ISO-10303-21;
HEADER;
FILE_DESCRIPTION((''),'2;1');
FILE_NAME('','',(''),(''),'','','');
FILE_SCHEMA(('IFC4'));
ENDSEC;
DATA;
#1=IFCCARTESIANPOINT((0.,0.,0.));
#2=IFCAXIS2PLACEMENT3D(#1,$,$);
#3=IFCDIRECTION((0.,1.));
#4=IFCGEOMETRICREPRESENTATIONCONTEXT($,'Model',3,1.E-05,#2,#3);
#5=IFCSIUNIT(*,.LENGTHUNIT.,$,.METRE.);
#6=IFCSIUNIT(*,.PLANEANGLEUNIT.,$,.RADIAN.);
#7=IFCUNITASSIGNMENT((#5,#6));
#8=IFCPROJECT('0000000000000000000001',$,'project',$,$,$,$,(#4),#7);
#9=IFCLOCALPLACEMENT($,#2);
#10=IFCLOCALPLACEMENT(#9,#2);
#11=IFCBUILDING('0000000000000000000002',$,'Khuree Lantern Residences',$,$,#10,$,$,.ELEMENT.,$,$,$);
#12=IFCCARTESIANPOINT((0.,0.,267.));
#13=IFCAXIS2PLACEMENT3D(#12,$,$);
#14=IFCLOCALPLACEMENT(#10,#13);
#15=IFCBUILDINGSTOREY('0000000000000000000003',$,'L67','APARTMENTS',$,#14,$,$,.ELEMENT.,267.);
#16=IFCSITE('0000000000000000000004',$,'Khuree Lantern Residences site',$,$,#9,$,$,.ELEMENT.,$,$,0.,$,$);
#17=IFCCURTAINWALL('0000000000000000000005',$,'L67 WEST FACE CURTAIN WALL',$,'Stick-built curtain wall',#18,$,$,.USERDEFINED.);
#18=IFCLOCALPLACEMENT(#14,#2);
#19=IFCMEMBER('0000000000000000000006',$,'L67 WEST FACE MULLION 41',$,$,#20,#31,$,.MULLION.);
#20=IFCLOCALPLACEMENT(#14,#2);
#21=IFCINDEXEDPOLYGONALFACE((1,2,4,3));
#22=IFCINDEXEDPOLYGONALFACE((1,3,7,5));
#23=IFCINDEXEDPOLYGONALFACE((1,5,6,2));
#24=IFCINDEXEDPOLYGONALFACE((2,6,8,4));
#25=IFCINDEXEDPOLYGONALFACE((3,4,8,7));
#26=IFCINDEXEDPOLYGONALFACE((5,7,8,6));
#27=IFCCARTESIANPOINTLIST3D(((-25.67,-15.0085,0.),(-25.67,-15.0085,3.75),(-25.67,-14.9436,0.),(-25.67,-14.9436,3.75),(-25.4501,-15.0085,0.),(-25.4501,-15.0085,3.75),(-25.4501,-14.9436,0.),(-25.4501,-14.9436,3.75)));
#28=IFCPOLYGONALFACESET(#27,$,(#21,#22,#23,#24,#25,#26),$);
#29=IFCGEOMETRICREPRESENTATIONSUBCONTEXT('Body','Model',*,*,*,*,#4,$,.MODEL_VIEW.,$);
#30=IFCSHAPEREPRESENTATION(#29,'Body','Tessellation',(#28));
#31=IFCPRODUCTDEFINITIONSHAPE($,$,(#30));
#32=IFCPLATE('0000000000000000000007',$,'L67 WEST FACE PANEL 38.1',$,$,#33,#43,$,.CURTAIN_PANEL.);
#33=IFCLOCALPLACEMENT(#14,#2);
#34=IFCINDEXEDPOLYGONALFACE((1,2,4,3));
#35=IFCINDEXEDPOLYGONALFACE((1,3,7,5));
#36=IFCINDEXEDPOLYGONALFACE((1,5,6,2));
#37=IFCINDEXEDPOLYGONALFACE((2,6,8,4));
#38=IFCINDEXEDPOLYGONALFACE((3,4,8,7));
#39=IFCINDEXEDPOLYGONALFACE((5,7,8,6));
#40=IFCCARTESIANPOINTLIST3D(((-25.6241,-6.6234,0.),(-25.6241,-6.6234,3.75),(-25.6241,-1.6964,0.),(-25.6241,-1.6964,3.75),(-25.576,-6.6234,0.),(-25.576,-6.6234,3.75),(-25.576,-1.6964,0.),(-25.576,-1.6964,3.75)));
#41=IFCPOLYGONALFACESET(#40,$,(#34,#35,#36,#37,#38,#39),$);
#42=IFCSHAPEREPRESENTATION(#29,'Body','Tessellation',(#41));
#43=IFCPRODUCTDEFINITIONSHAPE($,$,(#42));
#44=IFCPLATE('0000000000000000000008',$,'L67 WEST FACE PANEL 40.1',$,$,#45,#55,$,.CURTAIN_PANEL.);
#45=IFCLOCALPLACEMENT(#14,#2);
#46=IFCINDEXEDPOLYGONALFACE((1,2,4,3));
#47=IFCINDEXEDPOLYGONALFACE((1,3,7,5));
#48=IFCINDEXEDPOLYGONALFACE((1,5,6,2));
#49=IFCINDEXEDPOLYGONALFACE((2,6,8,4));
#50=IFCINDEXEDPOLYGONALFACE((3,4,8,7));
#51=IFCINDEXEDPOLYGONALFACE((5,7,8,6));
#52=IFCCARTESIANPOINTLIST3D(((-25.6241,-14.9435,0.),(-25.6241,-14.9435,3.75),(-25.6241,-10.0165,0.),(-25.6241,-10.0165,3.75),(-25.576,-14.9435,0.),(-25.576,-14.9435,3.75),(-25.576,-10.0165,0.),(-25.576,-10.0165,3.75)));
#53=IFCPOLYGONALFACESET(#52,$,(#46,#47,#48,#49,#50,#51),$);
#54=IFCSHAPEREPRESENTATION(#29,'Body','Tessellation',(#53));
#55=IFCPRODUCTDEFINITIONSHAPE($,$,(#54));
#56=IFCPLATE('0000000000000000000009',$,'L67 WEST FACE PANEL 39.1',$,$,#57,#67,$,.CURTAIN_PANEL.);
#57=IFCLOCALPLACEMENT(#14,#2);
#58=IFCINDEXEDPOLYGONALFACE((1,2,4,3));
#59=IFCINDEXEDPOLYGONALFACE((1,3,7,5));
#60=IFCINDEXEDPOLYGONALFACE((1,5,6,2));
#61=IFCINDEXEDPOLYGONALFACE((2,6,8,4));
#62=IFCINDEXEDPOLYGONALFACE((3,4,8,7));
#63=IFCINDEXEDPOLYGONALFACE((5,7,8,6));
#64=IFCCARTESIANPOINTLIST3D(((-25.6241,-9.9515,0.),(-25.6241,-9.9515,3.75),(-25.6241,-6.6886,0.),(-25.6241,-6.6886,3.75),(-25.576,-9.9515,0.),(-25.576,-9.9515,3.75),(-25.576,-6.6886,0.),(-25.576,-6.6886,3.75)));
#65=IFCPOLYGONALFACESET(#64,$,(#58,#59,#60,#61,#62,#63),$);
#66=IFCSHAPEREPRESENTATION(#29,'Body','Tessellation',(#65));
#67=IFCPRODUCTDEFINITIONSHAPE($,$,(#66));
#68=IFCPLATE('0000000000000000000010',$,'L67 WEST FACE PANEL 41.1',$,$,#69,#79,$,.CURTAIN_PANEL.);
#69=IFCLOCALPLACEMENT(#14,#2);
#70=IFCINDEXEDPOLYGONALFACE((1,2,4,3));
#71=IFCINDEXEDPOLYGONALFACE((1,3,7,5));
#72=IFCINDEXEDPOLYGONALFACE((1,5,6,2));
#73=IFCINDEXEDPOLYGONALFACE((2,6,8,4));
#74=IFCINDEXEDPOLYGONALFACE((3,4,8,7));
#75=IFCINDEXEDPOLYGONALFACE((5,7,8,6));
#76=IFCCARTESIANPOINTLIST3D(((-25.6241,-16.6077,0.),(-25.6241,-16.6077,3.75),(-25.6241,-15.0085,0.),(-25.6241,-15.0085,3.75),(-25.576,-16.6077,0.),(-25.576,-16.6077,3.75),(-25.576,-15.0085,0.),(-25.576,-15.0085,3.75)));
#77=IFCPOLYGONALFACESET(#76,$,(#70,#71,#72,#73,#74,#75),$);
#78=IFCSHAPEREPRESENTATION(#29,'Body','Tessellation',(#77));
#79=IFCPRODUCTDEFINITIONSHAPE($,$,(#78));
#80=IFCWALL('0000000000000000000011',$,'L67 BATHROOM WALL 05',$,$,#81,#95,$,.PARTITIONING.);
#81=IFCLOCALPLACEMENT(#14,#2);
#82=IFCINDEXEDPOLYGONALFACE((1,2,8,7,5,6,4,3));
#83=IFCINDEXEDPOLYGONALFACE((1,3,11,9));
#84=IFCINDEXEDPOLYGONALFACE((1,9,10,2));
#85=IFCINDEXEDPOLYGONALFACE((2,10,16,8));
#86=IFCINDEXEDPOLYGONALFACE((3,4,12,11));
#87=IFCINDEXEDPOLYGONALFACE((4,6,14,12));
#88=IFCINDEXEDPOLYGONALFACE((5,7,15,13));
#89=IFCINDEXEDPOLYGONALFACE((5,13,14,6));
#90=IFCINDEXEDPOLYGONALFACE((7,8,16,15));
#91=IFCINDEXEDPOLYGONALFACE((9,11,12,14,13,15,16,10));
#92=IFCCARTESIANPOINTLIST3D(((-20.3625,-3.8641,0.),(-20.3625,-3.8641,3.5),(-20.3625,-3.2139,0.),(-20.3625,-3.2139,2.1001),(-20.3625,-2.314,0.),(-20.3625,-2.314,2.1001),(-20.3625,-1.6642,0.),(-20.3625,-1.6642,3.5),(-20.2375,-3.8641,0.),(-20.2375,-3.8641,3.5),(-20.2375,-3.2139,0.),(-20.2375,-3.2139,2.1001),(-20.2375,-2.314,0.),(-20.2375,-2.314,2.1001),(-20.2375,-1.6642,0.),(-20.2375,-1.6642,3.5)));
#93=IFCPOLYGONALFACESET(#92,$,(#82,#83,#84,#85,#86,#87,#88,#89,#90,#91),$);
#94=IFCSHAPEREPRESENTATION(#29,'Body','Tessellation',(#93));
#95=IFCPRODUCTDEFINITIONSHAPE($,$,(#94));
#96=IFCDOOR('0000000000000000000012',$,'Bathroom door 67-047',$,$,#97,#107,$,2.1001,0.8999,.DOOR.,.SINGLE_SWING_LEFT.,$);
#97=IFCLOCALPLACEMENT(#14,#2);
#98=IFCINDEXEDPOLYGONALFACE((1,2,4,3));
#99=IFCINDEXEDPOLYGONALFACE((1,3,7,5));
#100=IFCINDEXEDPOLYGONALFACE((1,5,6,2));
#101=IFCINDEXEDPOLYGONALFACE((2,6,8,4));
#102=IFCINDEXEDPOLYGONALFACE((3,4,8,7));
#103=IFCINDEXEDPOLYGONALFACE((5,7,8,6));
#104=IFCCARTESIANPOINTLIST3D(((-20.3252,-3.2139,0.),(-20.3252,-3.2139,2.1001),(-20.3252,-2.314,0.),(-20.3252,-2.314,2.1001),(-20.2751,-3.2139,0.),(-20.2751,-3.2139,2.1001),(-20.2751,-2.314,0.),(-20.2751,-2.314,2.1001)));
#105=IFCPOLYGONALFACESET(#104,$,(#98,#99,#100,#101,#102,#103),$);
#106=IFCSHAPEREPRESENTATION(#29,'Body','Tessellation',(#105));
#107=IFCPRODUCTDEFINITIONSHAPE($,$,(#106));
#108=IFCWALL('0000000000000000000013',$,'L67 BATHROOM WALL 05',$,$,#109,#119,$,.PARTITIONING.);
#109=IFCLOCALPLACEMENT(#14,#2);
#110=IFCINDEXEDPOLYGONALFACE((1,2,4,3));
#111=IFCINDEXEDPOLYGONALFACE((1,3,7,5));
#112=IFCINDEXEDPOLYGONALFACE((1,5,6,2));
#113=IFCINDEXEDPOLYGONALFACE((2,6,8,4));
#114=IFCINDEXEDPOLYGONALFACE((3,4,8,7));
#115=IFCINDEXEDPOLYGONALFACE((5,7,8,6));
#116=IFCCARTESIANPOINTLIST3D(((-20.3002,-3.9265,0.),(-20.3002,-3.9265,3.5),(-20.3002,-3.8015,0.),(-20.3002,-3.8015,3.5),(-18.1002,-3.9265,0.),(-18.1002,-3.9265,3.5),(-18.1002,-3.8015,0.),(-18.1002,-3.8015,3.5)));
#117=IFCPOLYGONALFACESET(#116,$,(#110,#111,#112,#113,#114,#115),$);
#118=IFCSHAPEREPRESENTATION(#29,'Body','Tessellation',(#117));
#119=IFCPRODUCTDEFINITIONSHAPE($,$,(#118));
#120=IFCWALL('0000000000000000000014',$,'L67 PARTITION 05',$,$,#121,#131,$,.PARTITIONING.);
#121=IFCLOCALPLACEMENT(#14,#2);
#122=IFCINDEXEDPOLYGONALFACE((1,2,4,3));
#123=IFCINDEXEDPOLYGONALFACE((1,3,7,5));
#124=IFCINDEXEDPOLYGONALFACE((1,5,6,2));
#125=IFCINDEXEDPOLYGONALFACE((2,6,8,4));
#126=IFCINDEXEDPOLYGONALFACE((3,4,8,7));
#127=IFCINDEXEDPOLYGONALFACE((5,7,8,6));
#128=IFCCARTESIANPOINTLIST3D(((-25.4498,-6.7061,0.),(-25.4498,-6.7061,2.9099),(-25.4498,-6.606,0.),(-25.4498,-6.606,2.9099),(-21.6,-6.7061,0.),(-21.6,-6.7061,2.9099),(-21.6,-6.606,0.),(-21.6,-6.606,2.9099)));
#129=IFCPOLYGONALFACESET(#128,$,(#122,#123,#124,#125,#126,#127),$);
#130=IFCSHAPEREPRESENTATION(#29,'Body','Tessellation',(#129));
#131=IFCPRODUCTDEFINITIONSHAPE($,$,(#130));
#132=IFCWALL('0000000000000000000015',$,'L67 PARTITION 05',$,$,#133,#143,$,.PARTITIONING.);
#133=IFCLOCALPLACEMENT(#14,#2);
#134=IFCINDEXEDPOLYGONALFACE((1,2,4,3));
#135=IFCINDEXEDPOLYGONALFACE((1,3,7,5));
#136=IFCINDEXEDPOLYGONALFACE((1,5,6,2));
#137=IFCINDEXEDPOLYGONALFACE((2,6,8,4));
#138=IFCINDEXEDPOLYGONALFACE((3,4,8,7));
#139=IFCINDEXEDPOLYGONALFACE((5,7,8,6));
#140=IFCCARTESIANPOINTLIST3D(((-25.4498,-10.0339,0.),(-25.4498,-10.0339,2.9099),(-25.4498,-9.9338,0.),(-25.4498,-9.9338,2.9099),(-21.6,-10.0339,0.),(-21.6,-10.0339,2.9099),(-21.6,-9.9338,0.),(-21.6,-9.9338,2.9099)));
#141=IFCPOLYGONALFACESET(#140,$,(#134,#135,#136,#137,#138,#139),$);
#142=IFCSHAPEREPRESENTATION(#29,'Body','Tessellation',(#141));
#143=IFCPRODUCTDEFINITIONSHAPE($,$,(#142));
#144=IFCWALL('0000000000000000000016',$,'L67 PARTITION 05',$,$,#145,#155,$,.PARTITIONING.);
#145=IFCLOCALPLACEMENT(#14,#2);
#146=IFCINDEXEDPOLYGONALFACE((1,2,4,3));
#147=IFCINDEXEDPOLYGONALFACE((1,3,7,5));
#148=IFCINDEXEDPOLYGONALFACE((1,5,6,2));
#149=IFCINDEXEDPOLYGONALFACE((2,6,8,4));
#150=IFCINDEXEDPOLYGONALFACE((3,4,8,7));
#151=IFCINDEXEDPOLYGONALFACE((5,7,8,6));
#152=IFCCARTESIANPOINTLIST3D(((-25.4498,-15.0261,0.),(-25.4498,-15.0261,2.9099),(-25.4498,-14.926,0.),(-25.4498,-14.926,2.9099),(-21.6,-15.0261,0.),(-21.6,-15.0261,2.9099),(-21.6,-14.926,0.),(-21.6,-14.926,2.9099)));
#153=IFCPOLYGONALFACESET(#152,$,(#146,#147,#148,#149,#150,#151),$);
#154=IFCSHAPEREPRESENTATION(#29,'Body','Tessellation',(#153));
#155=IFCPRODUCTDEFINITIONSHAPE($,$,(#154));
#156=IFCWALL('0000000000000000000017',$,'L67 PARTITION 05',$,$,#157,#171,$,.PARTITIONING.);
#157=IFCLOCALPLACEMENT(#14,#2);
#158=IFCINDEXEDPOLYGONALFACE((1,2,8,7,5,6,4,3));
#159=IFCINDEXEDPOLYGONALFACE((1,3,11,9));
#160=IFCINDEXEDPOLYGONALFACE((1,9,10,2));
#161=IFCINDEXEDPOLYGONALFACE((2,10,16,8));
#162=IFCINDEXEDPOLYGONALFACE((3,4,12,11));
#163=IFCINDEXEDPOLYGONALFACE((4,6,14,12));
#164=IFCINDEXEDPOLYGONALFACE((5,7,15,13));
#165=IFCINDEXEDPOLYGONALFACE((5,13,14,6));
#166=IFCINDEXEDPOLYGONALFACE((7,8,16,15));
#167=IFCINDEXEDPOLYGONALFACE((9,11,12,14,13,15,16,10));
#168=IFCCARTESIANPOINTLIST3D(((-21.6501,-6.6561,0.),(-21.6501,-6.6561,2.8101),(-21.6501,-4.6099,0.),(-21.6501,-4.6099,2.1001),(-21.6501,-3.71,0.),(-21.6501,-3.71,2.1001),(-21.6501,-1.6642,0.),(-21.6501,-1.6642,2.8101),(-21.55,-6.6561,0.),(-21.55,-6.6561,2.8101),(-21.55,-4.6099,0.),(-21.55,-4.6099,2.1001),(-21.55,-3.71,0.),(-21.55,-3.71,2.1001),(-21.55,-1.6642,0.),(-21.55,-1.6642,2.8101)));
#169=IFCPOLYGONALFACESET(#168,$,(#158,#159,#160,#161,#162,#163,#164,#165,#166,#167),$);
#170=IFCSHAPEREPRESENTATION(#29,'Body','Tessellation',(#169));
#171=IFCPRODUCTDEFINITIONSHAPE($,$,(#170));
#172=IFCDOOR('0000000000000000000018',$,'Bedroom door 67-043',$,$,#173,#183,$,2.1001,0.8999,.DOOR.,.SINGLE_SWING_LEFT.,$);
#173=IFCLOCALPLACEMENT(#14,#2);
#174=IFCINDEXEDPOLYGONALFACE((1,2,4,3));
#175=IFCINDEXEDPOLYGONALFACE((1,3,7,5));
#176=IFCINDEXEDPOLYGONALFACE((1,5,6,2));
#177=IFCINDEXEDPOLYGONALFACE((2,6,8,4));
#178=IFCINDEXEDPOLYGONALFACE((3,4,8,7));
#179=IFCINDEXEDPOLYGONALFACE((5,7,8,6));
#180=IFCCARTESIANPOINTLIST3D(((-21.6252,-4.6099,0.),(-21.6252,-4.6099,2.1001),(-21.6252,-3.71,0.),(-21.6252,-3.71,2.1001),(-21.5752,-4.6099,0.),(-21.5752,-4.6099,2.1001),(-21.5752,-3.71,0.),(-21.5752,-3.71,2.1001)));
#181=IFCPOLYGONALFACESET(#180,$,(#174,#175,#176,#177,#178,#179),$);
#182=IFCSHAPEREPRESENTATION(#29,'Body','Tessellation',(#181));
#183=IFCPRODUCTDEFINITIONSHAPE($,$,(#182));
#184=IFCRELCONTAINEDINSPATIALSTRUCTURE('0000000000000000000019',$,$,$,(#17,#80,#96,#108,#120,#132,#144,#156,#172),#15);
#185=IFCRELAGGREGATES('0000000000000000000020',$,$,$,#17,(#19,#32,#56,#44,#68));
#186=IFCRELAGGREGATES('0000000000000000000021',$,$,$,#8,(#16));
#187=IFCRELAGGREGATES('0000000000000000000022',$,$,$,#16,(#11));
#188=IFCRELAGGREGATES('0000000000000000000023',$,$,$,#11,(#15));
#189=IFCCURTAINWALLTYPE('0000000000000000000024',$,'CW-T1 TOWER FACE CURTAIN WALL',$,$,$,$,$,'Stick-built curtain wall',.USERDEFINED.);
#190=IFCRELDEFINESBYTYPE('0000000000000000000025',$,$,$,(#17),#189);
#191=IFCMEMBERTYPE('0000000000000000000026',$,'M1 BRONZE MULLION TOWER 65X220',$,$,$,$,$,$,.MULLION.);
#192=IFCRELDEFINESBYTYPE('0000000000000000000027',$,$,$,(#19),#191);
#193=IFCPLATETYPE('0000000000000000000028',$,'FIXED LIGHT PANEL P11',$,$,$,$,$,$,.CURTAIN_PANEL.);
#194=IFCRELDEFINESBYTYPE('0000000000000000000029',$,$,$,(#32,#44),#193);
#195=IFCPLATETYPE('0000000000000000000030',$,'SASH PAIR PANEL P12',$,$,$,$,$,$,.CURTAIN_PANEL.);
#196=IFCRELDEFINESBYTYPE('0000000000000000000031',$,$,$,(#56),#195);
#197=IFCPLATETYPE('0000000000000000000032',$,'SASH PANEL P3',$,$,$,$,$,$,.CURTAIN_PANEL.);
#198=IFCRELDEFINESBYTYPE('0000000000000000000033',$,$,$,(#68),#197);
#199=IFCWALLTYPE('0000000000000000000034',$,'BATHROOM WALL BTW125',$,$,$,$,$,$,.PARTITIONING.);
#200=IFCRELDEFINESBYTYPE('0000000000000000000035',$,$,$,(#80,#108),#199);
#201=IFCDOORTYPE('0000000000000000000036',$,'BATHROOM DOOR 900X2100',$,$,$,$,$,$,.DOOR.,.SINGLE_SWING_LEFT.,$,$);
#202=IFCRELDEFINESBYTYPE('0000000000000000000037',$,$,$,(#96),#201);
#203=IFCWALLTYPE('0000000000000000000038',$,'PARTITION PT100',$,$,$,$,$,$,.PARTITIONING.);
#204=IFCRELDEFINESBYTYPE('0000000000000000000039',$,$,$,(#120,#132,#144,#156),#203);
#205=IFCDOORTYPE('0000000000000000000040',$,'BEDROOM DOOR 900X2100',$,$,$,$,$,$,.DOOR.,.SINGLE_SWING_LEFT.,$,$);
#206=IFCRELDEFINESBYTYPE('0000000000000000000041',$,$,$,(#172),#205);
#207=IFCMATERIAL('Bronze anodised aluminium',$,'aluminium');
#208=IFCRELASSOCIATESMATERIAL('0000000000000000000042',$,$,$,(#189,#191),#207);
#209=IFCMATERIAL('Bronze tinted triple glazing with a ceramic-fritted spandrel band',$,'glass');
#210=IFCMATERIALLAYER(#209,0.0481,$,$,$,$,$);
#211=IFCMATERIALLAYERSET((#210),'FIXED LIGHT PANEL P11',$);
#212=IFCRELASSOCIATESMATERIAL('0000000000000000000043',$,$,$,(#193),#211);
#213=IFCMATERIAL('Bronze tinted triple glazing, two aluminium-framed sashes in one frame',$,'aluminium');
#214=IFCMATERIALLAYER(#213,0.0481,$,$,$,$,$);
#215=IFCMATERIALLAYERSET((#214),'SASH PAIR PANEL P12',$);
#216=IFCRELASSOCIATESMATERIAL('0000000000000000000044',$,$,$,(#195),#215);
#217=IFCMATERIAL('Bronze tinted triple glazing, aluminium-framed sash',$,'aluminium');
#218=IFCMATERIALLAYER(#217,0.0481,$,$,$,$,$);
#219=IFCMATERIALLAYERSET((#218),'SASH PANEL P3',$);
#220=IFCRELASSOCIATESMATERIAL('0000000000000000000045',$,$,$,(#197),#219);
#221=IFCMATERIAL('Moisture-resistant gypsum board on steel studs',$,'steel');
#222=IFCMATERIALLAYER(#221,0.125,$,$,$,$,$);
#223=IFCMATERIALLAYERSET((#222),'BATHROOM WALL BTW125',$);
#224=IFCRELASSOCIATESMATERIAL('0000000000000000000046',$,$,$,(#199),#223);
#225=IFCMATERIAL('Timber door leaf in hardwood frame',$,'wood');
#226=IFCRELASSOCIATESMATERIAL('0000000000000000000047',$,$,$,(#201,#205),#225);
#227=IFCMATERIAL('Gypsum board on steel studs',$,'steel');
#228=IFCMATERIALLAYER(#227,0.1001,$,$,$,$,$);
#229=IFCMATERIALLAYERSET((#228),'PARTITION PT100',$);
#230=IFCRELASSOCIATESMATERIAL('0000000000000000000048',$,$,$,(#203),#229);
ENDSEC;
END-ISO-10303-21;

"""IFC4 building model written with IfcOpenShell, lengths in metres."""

from ifc_helpers import new_model, si_unit, direction, frame, frame_2d, origin, origin_2d, place, context, subcontext, project, spatial, rectangle, extrude, material, layer, layer_set, material_profile, profile_set, type_object, element, fill, aggregate, save


model = new_model("IFC4")

# Units and contexts
model_context = context("Model", 3, precision=1e-05, world=origin(), true_north=direction((0.0, 1.0)))
body_context = subcontext(model_context, "Body", "Model", "MODEL_VIEW")
ifc_project = project(units=[si_unit("LENGTHUNIT", "METRE"), si_unit("PLANEANGLEUNIT", "RADIAN")], contexts=[model_context])

# Site, building, storey
site_placement = place(None, origin())
site = spatial("IfcSite", under=ifc_project, at=site_placement, Name="Khuree Lantern Residences site", CompositionType="ELEMENT", RefElevation=0.0)
building_placement = place(site_placement, origin())
building = spatial("IfcBuilding", under=site, at=building_placement, Name="Khuree Lantern Residences", CompositionType="ELEMENT")
storey_placement = place(building_placement, frame((0.0, 0.0, 267.0)))
storey = spatial("IfcBuildingStorey", under=building, at=storey_placement, Name="L67", Description="APARTMENTS", CompositionType="ELEMENT", Elevation=267.0)

# Curtain wall
ifc_material_1 = material(Name="Bronze anodised aluminium", Category="aluminium")
curtain_wall_type = type_object("IfcCurtainWallType", Name="CW-T1 TOWER FACE CURTAIN WALL", ElementType="Stick-built curtain wall", PredefinedType="USERDEFINED", material=ifc_material_1)
curtain_wall_placement = place(storey_placement, origin())
curtain_wall = element("IfcCurtainWall", 1, at=curtain_wall_placement, inside=storey, type_object=curtain_wall_type, Name="L67 WEST FACE CURTAIN WALL", ObjectType="Stick-built curtain wall", PredefinedType="USERDEFINED")

# Member
ifc_material_profile_1 = material_profile(ifc_material_1, rectangle(XDim=0.0649, YDim=0.22, at=origin_2d()), Name="M1 65X220")
ifc_profile_set_1 = profile_set([ifc_material_profile_1], Name="Bronze anodised aluminium")
member_type_1 = type_object("IfcMemberType", Name="M1 BRONZE MULLION TOWER 65X220", PredefinedType="MULLION", material=ifc_profile_set_1)
member_1_placement = place(storey_placement, frame((-25.5601, -14.9761, 0.0), z_axis=(0.0, 0.0, 1.0), x_axis=(0.0, -1.0, 0.0)))
member_1 = element("IfcMember", 2, at=member_1_placement, type_object=member_type_1, Name="L67 WEST FACE MULLION 41", PredefinedType="MULLION", context=body_context, shape_type="SweptSolid", body=[
    extrude(rectangle(XDim=0.0649, YDim=0.22, at=origin_2d()), origin(), (0.0, 0.0, 1.0), 3.75),
])

# Plates
ifc_material_2 = material(Name="Bronze tinted triple glazing with a ceramic-fritted spandrel band", Category="glass")
ifc_layer_1 = layer(ifc_material_2, 0.0481)
ifc_layer_set_1 = layer_set([ifc_layer_1], Name="FIXED LIGHT PANEL P11")
plate_type_1 = type_object("IfcPlateType", Name="FIXED LIGHT PANEL P11", PredefinedType="CURTAIN_PANEL", material=ifc_layer_set_1)
plate_1_placement = place(storey_placement, frame((-25.6001, -4.1599, 0.0), z_axis=(0.0, 0.0, 1.0), x_axis=(0.0, -1.0, 0.0)))
plate_1 = element("IfcPlate", 3, at=plate_1_placement, type_object=plate_type_1, Name="L67 WEST FACE PANEL 38.1", PredefinedType="CURTAIN_PANEL", context=body_context, shape_type="SweptSolid", body=[
    extrude(rectangle(XDim=4.927, YDim=0.0481, at=origin_2d()), origin(), (0.0, 0.0, 1.0), 3.75),
])
plate_2_placement = place(storey_placement, frame((-25.6001, -12.48, 0.0), z_axis=(0.0, 0.0, 1.0), x_axis=(0.0, -1.0, 0.0)))
plate_2 = element("IfcPlate", 4, at=plate_2_placement, type_object=plate_type_1, Name="L67 WEST FACE PANEL 40.1", PredefinedType="CURTAIN_PANEL", context=body_context, shape_type="SweptSolid", body=[
    extrude(rectangle(XDim=4.927, YDim=0.0481, at=origin_2d()), origin(), (0.0, 0.0, 1.0), 3.75),
])
ifc_material_3 = material(Name="Bronze tinted triple glazing, two aluminium-framed sashes in one frame", Category="aluminium")
ifc_layer_2 = layer(ifc_material_3, 0.0481)
ifc_layer_set_2 = layer_set([ifc_layer_2], Name="SASH PAIR PANEL P12")
plate_type_2 = type_object("IfcPlateType", Name="SASH PAIR PANEL P12", PredefinedType="CURTAIN_PANEL", material=ifc_layer_set_2)
plate_3_placement = place(storey_placement, frame((-25.6001, -8.3201, 0.0), z_axis=(0.0, 0.0, 1.0), x_axis=(0.0, -1.0, 0.0)))
plate_3 = element("IfcPlate", 5, at=plate_3_placement, type_object=plate_type_2, Name="L67 WEST FACE PANEL 39.1", PredefinedType="CURTAIN_PANEL", context=body_context, shape_type="SweptSolid", body=[
    extrude(rectangle(XDim=3.2629, YDim=0.0481, at=origin_2d()), origin(), (0.0, 0.0, 1.0), 3.75),
])
ifc_material_4 = material(Name="Bronze tinted triple glazing, aluminium-framed sash", Category="aluminium")
ifc_layer_3 = layer(ifc_material_4, 0.0481)
ifc_layer_set_3 = layer_set([ifc_layer_3], Name="SASH PANEL P3")
plate_type_3 = type_object("IfcPlateType", Name="SASH PANEL P3", PredefinedType="CURTAIN_PANEL", material=ifc_layer_set_3)
plate_4_placement = place(storey_placement, frame((-25.6001, -15.8081, 0.0), z_axis=(0.0, 0.0, 1.0), x_axis=(0.0, -1.0, 0.0)))
plate_4 = element("IfcPlate", 6, at=plate_4_placement, type_object=plate_type_3, Name="L67 WEST FACE PANEL 41.1", PredefinedType="CURTAIN_PANEL", context=body_context, shape_type="SweptSolid", body=[
    extrude(rectangle(XDim=1.5991, YDim=0.0481, at=origin_2d()), origin(), (0.0, 0.0, 1.0), 3.75),
])
aggregate(curtain_wall, [member_1, plate_1, plate_3, plate_2, plate_4])

# Wall, opening, door
ifc_material_5 = material(Name="Moisture-resistant gypsum board on steel studs", Category="steel")
ifc_layer_4 = layer(ifc_material_5, 0.125)
ifc_layer_set_4 = layer_set([ifc_layer_4], Name="BATHROOM WALL BTW125")
wall_type_1 = type_object("IfcWallType", Name="BATHROOM WALL BTW125", PredefinedType="PARTITIONING", material=ifc_layer_set_4)
wall_1_placement = place(storey_placement, frame((-20.3, -1.6641, 0.0), z_axis=(0.0, 0.0, 1.0), x_axis=(0.0, -1.0, 0.0)))
wall_1 = element("IfcWall", 7, at=wall_1_placement, inside=storey, type_object=wall_type_1, Name="L67 BATHROOM WALL 05", PredefinedType="PARTITIONING", context=body_context, shape_type="SweptSolid", body=[
    extrude(rectangle(XDim=2.2, YDim=0.125, at=frame_2d((1.1001, 0.0))), origin(), (0.0, 0.0, 1.0), 3.5),
])
opening_1_placement = place(wall_1_placement, frame((0.6499, 0.0, 0.0)))
opening_1 = element("IfcOpeningElement", 8, at=opening_1_placement, cuts=wall_1, PredefinedType="OPENING", context=body_context, shape_type="SweptSolid", body=[
    extrude(rectangle(XDim=0.8999, YDim=2.1001, at=frame_2d((0.45, 1.05))), frame((0.0, 0.0725, 0.0), z_axis=(0.0, -1.0, 0.0), x_axis=(1.0, 0.0, 0.0)), (0.0, 0.0, 1.0), 0.145),
])
ifc_material_6 = material(Name="Timber door leaf in hardwood frame", Category="wood")
door_type_1 = type_object("IfcDoorType", Name="BATHROOM DOOR 900X2100", OperationType="SINGLE_SWING_LEFT", PredefinedType="DOOR", material=ifc_material_6)
door_1_placement = place(opening_1_placement, origin())
door_1 = element("IfcDoor", 9, at=door_1_placement, inside=storey, type_object=door_type_1, Name="Bathroom door 67-047", OperationType="SINGLE_SWING_LEFT", OverallHeight=2.1001, OverallWidth=0.8999, PredefinedType="DOOR", context=body_context, shape_type="SweptSolid", body=[
    extrude(rectangle(XDim=0.8999, YDim=2.1001, at=frame_2d((0.45, 1.05))), frame((0.0, 0.0249, 0.0), z_axis=(0.0, -1.0, 0.0), x_axis=(1.0, 0.0, 0.0)), (0.0, 0.0, 1.0), 0.05),
])
fill(opening_1, door_1)

# Walls
wall_2_placement = place(storey_placement, frame((-18.1001, -3.864, 0.0), z_axis=(0.0, 0.0, 1.0), x_axis=(-1.0, 0.0, 0.0)))
element("IfcWall", 10, at=wall_2_placement, inside=storey, type_object=wall_type_1, Name="L67 BATHROOM WALL 05", PredefinedType="PARTITIONING", context=body_context, shape_type="SweptSolid", body=[
    extrude(rectangle(XDim=2.2, YDim=0.125, at=frame_2d((1.1001, 0.0))), origin(), (0.0, 0.0, 1.0), 3.5),
])
ifc_material_7 = material(Name="Gypsum board on steel studs", Category="steel")
ifc_layer_5 = layer(ifc_material_7, 0.1001)
ifc_layer_set_5 = layer_set([ifc_layer_5], Name="PARTITION PT100")
wall_type_2 = type_object("IfcWallType", Name="PARTITION PT100", PredefinedType="PARTITIONING", material=ifc_layer_set_5)
for number, where, z_axis, x_axis, name in (
    (11, (-21.6001, -6.656, 0.0), (0.0, 0.0, 1.0), (-1.0, 0.0, 0.0), "L67 PARTITION 05"),
    (12, (-21.6001, -9.9839, 0.0), (0.0, 0.0, 1.0), (-1.0, 0.0, 0.0), "L67 PARTITION 05"),
    (13, (-21.6001, -14.9761, 0.0), (0.0, 0.0, 1.0), (-1.0, 0.0, 0.0), "L67 PARTITION 05"),
):
    element("IfcWall", number, at=place(storey_placement, frame(where, z_axis=z_axis, x_axis=x_axis)), inside=storey, type_object=wall_type_2, Name=name, PredefinedType="PARTITIONING", context=body_context, shape_type="SweptSolid", body=[
        extrude(rectangle(XDim=3.8499, YDim=0.1001, at=frame_2d((1.9248, 0.0))), origin(), (0.0, 0.0, 1.0), 2.9099),
    ])

# Wall, opening, door
wall_3_placement = place(storey_placement, frame((-21.6001, -1.6641, 0.0), z_axis=(0.0, 0.0, 1.0), x_axis=(0.0, -1.0, 0.0)))
wall_3 = element("IfcWall", 14, at=wall_3_placement, inside=storey, type_object=wall_type_2, Name="L67 PARTITION 05", PredefinedType="PARTITIONING", context=body_context, shape_type="SweptSolid", body=[
    extrude(rectangle(XDim=4.9919, YDim=0.1001, at=frame_2d((2.4961, 0.0))), origin(), (0.0, 0.0, 1.0), 2.8101),
])
opening_2_placement = place(wall_3_placement, frame((2.0459, 0.0, 0.0)))
opening_2 = element("IfcOpeningElement", 15, at=opening_2_placement, cuts=wall_3, PredefinedType="OPENING", context=body_context, shape_type="SweptSolid", body=[
    extrude(rectangle(XDim=0.8999, YDim=2.1001, at=frame_2d((0.45, 1.05))), frame((0.0, 0.0601, 0.0), z_axis=(0.0, -1.0, 0.0), x_axis=(1.0, 0.0, 0.0)), (0.0, 0.0, 1.0), 0.1201),
])
door_type_2 = type_object("IfcDoorType", Name="BEDROOM DOOR 900X2100", OperationType="SINGLE_SWING_LEFT", PredefinedType="DOOR", material=ifc_material_6)
door_2_placement = place(opening_2_placement, origin())
door_2 = element("IfcDoor", 16, at=door_2_placement, inside=storey, type_object=door_type_2, Name="Bedroom door 67-043", OperationType="SINGLE_SWING_LEFT", OverallHeight=2.1001, OverallWidth=0.8999, PredefinedType="DOOR", context=body_context, shape_type="SweptSolid", body=[
    extrude(rectangle(XDim=0.8999, YDim=2.1001, at=frame_2d((0.45, 1.05))), frame((0.0, 0.0249, 0.0), z_axis=(0.0, -1.0, 0.0), x_axis=(1.0, 0.0, 0.0)), (0.0, 0.0, 1.0), 0.05),
])
fill(opening_2, door_2)

save(model, "model.ifc")
